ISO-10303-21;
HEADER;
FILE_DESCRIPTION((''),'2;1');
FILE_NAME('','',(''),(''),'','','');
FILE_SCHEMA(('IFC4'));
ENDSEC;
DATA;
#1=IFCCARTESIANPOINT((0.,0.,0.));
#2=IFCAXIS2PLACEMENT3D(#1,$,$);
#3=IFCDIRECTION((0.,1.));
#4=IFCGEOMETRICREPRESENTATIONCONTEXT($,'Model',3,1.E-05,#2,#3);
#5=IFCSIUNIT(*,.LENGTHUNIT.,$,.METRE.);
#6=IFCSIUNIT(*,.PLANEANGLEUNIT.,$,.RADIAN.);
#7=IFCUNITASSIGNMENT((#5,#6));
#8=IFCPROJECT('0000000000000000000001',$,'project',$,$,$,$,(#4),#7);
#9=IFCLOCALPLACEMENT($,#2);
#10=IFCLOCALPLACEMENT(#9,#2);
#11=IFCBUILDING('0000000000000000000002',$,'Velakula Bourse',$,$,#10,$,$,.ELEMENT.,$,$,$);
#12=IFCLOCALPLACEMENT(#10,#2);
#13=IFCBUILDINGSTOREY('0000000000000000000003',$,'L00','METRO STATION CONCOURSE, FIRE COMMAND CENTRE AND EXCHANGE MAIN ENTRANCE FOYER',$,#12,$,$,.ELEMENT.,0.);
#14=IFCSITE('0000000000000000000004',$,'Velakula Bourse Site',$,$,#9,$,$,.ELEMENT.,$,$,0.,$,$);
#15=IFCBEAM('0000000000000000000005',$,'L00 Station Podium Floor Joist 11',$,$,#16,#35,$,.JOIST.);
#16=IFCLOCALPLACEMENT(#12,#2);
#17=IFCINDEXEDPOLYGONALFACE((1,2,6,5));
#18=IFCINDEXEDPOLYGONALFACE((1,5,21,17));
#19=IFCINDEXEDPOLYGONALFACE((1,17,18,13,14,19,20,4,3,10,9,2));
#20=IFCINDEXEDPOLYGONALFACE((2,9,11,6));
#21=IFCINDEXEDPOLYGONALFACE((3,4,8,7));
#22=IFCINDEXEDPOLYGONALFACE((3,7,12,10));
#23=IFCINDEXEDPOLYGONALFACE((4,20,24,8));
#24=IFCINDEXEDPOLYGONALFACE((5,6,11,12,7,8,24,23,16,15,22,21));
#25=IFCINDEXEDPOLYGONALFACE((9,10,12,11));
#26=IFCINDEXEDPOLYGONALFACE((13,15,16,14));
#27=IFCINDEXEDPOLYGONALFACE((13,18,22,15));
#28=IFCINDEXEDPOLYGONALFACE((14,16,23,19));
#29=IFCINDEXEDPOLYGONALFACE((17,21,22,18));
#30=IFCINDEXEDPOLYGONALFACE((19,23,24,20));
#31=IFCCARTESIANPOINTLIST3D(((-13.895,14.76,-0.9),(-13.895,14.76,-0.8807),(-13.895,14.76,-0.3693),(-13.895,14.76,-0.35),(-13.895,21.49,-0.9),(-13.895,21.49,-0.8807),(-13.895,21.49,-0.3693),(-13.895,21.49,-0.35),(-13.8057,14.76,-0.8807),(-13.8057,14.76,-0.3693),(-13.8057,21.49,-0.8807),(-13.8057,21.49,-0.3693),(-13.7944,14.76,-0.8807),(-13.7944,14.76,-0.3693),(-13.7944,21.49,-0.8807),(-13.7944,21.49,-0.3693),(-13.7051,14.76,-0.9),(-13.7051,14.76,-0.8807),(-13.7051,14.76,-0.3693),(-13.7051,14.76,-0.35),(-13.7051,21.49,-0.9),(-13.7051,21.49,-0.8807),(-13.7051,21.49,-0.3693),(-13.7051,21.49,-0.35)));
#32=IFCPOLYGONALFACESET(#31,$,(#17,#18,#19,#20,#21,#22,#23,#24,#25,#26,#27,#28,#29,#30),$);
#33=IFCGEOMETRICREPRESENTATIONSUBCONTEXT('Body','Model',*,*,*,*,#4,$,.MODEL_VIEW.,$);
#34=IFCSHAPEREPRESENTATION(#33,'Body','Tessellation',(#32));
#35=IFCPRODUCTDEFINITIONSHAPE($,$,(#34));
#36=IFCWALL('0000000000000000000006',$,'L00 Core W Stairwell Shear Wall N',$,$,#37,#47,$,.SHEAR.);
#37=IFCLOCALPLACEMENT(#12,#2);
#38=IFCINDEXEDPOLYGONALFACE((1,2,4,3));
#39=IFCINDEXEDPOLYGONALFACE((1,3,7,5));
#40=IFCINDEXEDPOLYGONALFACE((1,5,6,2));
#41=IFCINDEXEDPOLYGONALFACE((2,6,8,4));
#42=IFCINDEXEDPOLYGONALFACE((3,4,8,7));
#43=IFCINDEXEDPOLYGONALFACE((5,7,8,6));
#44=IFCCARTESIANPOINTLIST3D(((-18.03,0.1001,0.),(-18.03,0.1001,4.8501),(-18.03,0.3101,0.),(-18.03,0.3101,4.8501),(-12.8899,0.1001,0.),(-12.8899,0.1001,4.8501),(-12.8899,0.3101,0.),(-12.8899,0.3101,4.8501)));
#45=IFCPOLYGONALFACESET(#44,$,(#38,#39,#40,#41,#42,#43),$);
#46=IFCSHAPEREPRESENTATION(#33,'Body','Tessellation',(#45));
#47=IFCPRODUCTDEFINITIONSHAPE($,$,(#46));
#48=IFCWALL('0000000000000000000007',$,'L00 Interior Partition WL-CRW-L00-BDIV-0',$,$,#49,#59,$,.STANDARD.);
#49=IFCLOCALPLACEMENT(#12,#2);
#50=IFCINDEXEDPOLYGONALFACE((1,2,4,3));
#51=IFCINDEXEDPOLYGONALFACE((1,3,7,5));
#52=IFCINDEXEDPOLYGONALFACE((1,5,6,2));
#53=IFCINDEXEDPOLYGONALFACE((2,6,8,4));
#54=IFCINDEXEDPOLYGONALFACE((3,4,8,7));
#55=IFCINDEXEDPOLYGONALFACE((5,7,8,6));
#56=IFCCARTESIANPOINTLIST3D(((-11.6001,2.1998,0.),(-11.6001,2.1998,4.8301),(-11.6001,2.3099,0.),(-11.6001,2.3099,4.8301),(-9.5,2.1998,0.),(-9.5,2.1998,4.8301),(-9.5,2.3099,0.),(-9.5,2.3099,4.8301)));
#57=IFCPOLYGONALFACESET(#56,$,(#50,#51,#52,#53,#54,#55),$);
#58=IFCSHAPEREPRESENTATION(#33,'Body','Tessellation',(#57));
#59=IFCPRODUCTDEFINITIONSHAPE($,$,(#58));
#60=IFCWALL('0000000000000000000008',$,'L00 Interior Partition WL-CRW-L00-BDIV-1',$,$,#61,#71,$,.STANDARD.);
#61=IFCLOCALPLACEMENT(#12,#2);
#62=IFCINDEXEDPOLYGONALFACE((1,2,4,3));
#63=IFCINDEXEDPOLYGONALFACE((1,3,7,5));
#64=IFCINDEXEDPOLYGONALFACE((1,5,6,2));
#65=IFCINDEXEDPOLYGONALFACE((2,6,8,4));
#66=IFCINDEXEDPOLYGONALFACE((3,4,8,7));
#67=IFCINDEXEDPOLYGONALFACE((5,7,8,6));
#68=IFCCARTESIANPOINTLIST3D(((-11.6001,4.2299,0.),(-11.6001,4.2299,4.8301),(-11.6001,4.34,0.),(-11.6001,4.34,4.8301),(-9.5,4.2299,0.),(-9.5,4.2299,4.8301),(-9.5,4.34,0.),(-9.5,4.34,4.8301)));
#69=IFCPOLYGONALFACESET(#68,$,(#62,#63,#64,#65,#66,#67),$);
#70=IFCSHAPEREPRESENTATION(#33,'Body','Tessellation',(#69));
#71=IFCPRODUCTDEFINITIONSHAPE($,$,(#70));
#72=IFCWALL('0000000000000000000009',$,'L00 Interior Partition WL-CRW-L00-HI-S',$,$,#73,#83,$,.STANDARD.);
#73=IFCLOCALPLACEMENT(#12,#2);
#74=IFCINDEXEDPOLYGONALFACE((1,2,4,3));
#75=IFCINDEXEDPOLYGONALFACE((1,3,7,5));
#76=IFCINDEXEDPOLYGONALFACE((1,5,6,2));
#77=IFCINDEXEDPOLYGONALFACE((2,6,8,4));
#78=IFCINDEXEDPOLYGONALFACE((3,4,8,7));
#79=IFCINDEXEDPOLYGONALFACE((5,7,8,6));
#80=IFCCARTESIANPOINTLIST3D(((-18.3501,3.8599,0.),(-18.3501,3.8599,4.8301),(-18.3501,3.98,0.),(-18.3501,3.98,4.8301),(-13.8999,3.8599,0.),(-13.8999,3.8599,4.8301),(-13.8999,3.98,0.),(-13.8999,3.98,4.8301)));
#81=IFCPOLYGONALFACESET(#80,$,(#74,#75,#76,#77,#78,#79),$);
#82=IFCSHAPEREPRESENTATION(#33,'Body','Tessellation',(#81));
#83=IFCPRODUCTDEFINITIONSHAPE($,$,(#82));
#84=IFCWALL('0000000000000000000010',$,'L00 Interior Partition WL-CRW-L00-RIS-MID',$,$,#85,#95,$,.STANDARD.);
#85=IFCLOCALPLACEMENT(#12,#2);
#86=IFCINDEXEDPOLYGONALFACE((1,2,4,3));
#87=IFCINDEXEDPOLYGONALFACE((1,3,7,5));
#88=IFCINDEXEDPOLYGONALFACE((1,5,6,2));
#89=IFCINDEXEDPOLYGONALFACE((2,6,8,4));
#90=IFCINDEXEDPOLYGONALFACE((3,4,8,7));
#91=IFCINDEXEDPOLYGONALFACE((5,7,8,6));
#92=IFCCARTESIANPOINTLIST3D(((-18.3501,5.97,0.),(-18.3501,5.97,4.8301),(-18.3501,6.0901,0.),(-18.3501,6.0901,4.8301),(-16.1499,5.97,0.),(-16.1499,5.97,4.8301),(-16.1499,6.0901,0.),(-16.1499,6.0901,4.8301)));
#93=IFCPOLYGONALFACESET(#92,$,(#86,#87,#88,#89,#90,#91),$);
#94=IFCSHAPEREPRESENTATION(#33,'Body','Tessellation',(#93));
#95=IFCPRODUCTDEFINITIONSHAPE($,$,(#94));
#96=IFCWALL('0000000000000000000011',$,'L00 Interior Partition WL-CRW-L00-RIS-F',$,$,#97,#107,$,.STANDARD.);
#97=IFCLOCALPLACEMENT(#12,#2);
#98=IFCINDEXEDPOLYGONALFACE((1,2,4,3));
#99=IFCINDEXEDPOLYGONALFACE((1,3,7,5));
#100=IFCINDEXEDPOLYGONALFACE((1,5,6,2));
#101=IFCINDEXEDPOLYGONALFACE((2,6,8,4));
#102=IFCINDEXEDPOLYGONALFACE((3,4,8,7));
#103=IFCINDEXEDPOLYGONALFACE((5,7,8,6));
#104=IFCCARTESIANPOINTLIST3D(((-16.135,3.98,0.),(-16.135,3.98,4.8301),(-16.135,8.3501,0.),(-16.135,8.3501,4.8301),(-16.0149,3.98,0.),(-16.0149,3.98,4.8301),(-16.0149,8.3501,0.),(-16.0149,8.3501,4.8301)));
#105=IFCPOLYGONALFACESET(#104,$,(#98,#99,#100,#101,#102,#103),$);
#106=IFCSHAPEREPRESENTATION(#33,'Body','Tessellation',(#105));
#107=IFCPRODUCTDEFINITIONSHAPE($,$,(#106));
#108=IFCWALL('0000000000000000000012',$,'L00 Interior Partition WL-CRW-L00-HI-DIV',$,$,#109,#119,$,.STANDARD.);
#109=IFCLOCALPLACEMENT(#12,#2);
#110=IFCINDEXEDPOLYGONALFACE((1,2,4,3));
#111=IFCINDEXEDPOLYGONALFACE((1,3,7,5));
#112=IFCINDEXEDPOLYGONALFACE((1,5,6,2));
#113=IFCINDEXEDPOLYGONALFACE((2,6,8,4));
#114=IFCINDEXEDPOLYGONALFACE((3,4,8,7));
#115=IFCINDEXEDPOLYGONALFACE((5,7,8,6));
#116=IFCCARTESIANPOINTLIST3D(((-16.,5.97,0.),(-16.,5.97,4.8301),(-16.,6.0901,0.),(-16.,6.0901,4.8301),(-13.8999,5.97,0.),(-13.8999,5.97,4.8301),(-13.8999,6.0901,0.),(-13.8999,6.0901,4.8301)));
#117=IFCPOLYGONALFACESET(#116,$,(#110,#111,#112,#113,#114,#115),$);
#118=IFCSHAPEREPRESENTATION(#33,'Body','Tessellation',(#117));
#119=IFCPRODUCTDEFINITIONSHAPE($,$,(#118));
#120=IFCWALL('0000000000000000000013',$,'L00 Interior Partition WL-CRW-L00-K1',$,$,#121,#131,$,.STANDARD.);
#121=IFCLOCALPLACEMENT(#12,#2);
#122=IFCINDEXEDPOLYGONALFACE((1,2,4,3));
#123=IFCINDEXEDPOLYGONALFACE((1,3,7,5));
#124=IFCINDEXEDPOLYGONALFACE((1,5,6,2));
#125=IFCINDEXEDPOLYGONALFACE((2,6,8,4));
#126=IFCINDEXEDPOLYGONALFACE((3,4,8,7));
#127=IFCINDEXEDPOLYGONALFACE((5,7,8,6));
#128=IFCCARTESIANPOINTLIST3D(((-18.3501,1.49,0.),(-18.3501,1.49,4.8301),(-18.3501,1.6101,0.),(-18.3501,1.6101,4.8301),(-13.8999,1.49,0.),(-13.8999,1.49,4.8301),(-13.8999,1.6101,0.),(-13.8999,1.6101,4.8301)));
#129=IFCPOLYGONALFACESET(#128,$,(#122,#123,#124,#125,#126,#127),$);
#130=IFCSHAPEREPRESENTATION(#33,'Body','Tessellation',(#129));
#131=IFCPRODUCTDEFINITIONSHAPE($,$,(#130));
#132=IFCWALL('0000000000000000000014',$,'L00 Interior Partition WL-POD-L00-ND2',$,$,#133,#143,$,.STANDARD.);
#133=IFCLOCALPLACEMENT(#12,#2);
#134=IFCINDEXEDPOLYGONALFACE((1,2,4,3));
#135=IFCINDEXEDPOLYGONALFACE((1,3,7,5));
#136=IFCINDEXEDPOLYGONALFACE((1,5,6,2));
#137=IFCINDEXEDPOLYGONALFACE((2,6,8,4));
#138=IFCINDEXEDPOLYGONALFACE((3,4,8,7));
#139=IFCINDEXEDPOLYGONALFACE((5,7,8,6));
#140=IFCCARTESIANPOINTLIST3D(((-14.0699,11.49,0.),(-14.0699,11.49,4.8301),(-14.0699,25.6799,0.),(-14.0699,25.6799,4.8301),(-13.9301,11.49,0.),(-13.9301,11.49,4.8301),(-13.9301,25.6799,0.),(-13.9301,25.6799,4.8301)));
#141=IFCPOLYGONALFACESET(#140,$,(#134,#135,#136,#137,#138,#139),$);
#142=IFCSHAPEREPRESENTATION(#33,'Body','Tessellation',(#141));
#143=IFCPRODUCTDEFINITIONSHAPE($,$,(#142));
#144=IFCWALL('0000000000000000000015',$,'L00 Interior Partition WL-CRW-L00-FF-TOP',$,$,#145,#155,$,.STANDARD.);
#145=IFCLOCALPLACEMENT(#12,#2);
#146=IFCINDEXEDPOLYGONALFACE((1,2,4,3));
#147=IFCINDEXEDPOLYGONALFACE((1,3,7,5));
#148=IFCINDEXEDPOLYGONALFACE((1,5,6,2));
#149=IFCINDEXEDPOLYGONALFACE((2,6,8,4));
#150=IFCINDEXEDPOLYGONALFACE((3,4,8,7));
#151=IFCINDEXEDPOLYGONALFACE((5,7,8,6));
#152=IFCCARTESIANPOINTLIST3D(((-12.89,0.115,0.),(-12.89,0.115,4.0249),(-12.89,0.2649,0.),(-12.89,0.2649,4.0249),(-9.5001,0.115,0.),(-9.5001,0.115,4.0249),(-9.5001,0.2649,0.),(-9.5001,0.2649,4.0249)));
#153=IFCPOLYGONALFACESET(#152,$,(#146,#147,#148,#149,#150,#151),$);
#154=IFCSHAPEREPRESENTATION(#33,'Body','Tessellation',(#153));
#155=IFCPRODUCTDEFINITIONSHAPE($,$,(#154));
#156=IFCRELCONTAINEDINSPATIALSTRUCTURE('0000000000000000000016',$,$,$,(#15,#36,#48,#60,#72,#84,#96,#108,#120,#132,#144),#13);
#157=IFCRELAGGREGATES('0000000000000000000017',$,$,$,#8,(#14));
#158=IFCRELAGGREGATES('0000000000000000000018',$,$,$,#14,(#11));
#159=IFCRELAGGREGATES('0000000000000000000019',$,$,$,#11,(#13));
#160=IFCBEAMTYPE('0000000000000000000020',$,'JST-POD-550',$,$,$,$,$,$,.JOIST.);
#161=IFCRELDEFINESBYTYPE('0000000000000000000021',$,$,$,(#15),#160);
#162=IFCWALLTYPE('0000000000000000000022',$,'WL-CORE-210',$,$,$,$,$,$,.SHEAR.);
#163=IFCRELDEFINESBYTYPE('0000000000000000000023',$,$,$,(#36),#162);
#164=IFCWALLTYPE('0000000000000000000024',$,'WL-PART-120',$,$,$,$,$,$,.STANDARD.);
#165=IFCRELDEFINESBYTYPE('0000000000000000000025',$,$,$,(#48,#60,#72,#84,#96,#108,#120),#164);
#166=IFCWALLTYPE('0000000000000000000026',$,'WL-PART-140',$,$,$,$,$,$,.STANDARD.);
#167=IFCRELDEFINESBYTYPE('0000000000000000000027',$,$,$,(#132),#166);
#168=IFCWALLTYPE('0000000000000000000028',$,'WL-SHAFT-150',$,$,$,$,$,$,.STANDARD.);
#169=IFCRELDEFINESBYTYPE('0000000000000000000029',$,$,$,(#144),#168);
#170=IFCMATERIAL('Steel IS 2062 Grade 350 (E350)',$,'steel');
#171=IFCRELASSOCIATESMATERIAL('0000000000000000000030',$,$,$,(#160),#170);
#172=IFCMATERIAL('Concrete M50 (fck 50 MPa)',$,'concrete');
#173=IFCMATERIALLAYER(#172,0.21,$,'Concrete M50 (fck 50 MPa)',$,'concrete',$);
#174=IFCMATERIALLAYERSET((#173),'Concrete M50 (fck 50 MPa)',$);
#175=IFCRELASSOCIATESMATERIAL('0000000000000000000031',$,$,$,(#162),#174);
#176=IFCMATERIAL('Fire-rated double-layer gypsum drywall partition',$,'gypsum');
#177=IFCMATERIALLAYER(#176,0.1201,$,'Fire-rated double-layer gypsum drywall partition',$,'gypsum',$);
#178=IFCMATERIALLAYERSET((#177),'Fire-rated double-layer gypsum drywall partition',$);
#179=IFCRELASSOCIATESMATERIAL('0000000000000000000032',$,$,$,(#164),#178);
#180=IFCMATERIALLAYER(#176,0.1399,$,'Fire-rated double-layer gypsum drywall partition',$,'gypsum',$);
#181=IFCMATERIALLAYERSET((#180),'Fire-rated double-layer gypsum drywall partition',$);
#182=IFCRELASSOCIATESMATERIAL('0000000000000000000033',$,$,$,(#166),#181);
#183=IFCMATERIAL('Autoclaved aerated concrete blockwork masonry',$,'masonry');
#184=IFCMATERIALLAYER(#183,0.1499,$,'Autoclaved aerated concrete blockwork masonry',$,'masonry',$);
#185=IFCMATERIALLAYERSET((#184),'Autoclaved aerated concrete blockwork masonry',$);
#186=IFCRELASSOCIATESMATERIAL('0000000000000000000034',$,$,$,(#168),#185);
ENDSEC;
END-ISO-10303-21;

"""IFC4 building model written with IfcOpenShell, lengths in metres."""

from ifc_helpers import new_model, si_unit, direction, frame, frame_2d, origin, origin_2d, place, context, subcontext, project, spatial, rectangle, i_section, extrude, material, layer, layer_set, material_profile, profile_set, type_object, element, save


model = new_model("IFC4")

# Units and contexts
model_context = context("Model", 3, precision=1e-05, world=origin(), true_north=direction((0.0, 1.0)))
body_context = subcontext(model_context, "Body", "Model", "MODEL_VIEW")
ifc_project = project(units=[si_unit("LENGTHUNIT", "METRE"), si_unit("PLANEANGLEUNIT", "RADIAN")], contexts=[model_context])

# Site, building, storey
site_placement = place(None, origin())
site = spatial("IfcSite", under=ifc_project, at=site_placement, Name="Velakula Bourse Site", CompositionType="ELEMENT", RefElevation=0.0)
building_placement = place(site_placement, origin())
building = spatial("IfcBuilding", under=site, at=building_placement, Name="Velakula Bourse", CompositionType="ELEMENT")
storey_placement = place(building_placement, origin())
storey = spatial("IfcBuildingStorey", under=building, at=storey_placement, Name="L00", Description="METRO STATION CONCOURSE, FIRE COMMAND CENTRE AND EXCHANGE MAIN ENTRANCE FOYER", CompositionType="ELEMENT", Elevation=0.0)

# Beam
ifc_material_1 = material(Name="Steel IS 2062 Grade 350 (E350)", Category="steel")
ifc_material_profile = material_profile(ifc_material_1, i_section(OverallWidth=0.1899, OverallDepth=0.55, WebThickness=0.0112, FlangeThickness=0.0193, at=origin_2d()), Name="Steel IS 2062 Grade 350 (E350)")
ifc_profile_set = profile_set([ifc_material_profile], Name="Steel IS 2062 Grade 350 (E350)")
beam_type = type_object("IfcBeamType", Name="JST-POD-550", PredefinedType="JOIST", material=ifc_profile_set)
beam_placement = place(storey_placement, frame((-13.8, 14.76, -0.625), z_axis=(0.0, 1.0, 0.0), x_axis=(-1.0, 0.0, 0.0)))
element("IfcBeam", 1, at=beam_placement, inside=storey, type_object=beam_type, Name="L00 Station Podium Floor Joist 11", PredefinedType="JOIST", context=body_context, shape_type="SweptSolid", body=[
    extrude(i_section(OverallWidth=0.1899, OverallDepth=0.55, WebThickness=0.0112, FlangeThickness=0.0193, at=origin_2d()), origin(), (0.0, 0.0, 1.0), 6.73),
])

# Walls
ifc_material_2 = material(Name="Concrete M50 (fck 50 MPa)", Category="concrete")
ifc_layer_1 = layer(ifc_material_2, 0.21, Name="Concrete M50 (fck 50 MPa)", Category="concrete")
ifc_layer_set_1 = layer_set([ifc_layer_1], Name="Concrete M50 (fck 50 MPa)")
wall_type_1 = type_object("IfcWallType", Name="WL-CORE-210", PredefinedType="SHEAR", material=ifc_layer_set_1)
wall_1_placement = place(storey_placement, frame((-12.8899, 0.2051, 0.0), z_axis=(0.0, 0.0, 1.0), x_axis=(-1.0, 0.0, 0.0)))
element("IfcWall", 2, at=wall_1_placement, inside=storey, type_object=wall_type_1, Name="L00 Core W Stairwell Shear Wall N", PredefinedType="SHEAR", context=body_context, shape_type="SweptSolid", body=[
    extrude(rectangle(XDim=5.1401, YDim=0.21, at=frame_2d((2.5701, 0.0))), origin(), (0.0, 0.0, 1.0), 4.8501),
])
ifc_material_3 = material(Name="Fire-rated double-layer gypsum drywall partition", Category="gypsum")
ifc_layer_2 = layer(ifc_material_3, 0.1201, Name="Fire-rated double-layer gypsum drywall partition", Category="gypsum")
ifc_layer_set_2 = layer_set([ifc_layer_2], Name="Fire-rated double-layer gypsum drywall partition")
wall_type_2 = type_object("IfcWallType", Name="WL-PART-120", PredefinedType="STANDARD", material=ifc_layer_set_2)
for number, where, z_axis, x_axis, name in (
    (3, (-11.6001, 2.2549, 0.0), (0.0, 0.0, 1.0), (1.0, 0.0, 0.0), "L00 Interior Partition WL-CRW-L00-BDIV-0"),
    (4, (-11.6001, 4.2849, 0.0), (0.0, 0.0, 1.0), (1.0, 0.0, 0.0), "L00 Interior Partition WL-CRW-L00-BDIV-1"),
):
    element("IfcWall", number, at=place(storey_placement, frame(where, z_axis=z_axis, x_axis=x_axis)), inside=storey, type_object=wall_type_2, Name=name, PredefinedType="STANDARD", context=body_context, shape_type="SweptSolid", body=[
        extrude(rectangle(XDim=2.1001, YDim=0.1101, at=frame_2d((1.05, 0.0))), origin(), (0.0, 0.0, 1.0), 4.8301),
    ])
wall_2_placement = place(storey_placement, frame((-18.3501, 3.9199, 0.0), z_axis=(0.0, 0.0, 1.0), x_axis=(1.0, 0.0, 0.0)))
element("IfcWall", 5, at=wall_2_placement, inside=storey, type_object=wall_type_2, Name="L00 Interior Partition WL-CRW-L00-HI-S", PredefinedType="STANDARD", context=body_context, shape_type="SweptSolid", body=[
    extrude(rectangle(XDim=4.4502, YDim=0.1201, at=frame_2d((2.2251, 0.0))), origin(), (0.0, 0.0, 1.0), 4.8301),
])
wall_3_placement = place(storey_placement, frame((-18.3501, 6.03, 0.0), z_axis=(0.0, 0.0, 1.0), x_axis=(1.0, 0.0, 0.0)))
element("IfcWall", 6, at=wall_3_placement, inside=storey, type_object=wall_type_2, Name="L00 Interior Partition WL-CRW-L00-RIS-MID", PredefinedType="STANDARD", context=body_context, shape_type="SweptSolid", body=[
    extrude(rectangle(XDim=2.2002, YDim=0.1201, at=frame_2d((1.1001, 0.0))), origin(), (0.0, 0.0, 1.0), 4.8301),
])
wall_4_placement = place(storey_placement, frame((-16.075, 3.98, 0.0), z_axis=(0.0, 0.0, 1.0), x_axis=(0.0, 1.0, 0.0)))
element("IfcWall", 7, at=wall_4_placement, inside=storey, type_object=wall_type_2, Name="L00 Interior Partition WL-CRW-L00-RIS-F", PredefinedType="STANDARD", context=body_context, shape_type="SweptSolid", body=[
    extrude(rectangle(XDim=4.3701, YDim=0.1201, at=frame_2d((2.1851, 0.0))), origin(), (0.0, 0.0, 1.0), 4.8301),
])
wall_5_placement = place(storey_placement, frame((-16.0, 6.03, 0.0), z_axis=(0.0, 0.0, 1.0), x_axis=(1.0, 0.0, 0.0)))
element("IfcWall", 8, at=wall_5_placement, inside=storey, type_object=wall_type_2, Name="L00 Interior Partition WL-CRW-L00-HI-DIV", PredefinedType="STANDARD", context=body_context, shape_type="SweptSolid", body=[
    extrude(rectangle(XDim=2.1001, YDim=0.1201, at=frame_2d((1.05, 0.0))), origin(), (0.0, 0.0, 1.0), 4.8301),
])
wall_6_placement = place(storey_placement, frame((-18.3501, 1.55, 0.0), z_axis=(0.0, 0.0, 1.0), x_axis=(1.0, 0.0, 0.0)))
element("IfcWall", 9, at=wall_6_placement, inside=storey, type_object=wall_type_2, Name="L00 Interior Partition WL-CRW-L00-K1", PredefinedType="STANDARD", context=body_context, shape_type="SweptSolid", body=[
    extrude(rectangle(XDim=4.4502, YDim=0.1201, at=frame_2d((2.2251, 0.0))), origin(), (0.0, 0.0, 1.0), 4.8301),
])
ifc_layer_3 = layer(ifc_material_3, 0.1399, Name="Fire-rated double-layer gypsum drywall partition", Category="gypsum")
ifc_layer_set_3 = layer_set([ifc_layer_3], Name="Fire-rated double-layer gypsum drywall partition")
wall_type_3 = type_object("IfcWallType", Name="WL-PART-140", PredefinedType="STANDARD", material=ifc_layer_set_3)
wall_7_placement = place(storey_placement, frame((-14.0, 11.49, 0.0), z_axis=(0.0, 0.0, 1.0), x_axis=(0.0, 1.0, 0.0)))
element("IfcWall", 10, at=wall_7_placement, inside=storey, type_object=wall_type_3, Name="L00 Interior Partition WL-POD-L00-ND2", PredefinedType="STANDARD", context=body_context, shape_type="SweptSolid", body=[
    extrude(rectangle(XDim=14.1899, YDim=0.1399, at=frame_2d((7.095, 0.0))), origin(), (0.0, 0.0, 1.0), 4.8301),
])
ifc_material_4 = material(Name="Autoclaved aerated concrete blockwork masonry", Category="masonry")
ifc_layer_4 = layer(ifc_material_4, 0.1499, Name="Autoclaved aerated concrete blockwork masonry", Category="masonry")
ifc_layer_set_4 = layer_set([ifc_layer_4], Name="Autoclaved aerated concrete blockwork masonry")
wall_type_4 = type_object("IfcWallType", Name="WL-SHAFT-150", PredefinedType="STANDARD", material=ifc_layer_set_4)
wall_8_placement = place(storey_placement, frame((-12.8899, 0.1899, 0.0), z_axis=(0.0, 0.0, 1.0), x_axis=(1.0, 0.0, 0.0)))
element("IfcWall", 11, at=wall_8_placement, inside=storey, type_object=wall_type_4, Name="L00 Interior Partition WL-CRW-L00-FF-TOP", PredefinedType="STANDARD", context=body_context, shape_type="SweptSolid", body=[
    extrude(rectangle(XDim=3.3899, YDim=0.1499, at=frame_2d((1.6948, 0.0))), origin(), (0.0, 0.0, 1.0), 4.0249),
])

save(model, "model.ifc")
